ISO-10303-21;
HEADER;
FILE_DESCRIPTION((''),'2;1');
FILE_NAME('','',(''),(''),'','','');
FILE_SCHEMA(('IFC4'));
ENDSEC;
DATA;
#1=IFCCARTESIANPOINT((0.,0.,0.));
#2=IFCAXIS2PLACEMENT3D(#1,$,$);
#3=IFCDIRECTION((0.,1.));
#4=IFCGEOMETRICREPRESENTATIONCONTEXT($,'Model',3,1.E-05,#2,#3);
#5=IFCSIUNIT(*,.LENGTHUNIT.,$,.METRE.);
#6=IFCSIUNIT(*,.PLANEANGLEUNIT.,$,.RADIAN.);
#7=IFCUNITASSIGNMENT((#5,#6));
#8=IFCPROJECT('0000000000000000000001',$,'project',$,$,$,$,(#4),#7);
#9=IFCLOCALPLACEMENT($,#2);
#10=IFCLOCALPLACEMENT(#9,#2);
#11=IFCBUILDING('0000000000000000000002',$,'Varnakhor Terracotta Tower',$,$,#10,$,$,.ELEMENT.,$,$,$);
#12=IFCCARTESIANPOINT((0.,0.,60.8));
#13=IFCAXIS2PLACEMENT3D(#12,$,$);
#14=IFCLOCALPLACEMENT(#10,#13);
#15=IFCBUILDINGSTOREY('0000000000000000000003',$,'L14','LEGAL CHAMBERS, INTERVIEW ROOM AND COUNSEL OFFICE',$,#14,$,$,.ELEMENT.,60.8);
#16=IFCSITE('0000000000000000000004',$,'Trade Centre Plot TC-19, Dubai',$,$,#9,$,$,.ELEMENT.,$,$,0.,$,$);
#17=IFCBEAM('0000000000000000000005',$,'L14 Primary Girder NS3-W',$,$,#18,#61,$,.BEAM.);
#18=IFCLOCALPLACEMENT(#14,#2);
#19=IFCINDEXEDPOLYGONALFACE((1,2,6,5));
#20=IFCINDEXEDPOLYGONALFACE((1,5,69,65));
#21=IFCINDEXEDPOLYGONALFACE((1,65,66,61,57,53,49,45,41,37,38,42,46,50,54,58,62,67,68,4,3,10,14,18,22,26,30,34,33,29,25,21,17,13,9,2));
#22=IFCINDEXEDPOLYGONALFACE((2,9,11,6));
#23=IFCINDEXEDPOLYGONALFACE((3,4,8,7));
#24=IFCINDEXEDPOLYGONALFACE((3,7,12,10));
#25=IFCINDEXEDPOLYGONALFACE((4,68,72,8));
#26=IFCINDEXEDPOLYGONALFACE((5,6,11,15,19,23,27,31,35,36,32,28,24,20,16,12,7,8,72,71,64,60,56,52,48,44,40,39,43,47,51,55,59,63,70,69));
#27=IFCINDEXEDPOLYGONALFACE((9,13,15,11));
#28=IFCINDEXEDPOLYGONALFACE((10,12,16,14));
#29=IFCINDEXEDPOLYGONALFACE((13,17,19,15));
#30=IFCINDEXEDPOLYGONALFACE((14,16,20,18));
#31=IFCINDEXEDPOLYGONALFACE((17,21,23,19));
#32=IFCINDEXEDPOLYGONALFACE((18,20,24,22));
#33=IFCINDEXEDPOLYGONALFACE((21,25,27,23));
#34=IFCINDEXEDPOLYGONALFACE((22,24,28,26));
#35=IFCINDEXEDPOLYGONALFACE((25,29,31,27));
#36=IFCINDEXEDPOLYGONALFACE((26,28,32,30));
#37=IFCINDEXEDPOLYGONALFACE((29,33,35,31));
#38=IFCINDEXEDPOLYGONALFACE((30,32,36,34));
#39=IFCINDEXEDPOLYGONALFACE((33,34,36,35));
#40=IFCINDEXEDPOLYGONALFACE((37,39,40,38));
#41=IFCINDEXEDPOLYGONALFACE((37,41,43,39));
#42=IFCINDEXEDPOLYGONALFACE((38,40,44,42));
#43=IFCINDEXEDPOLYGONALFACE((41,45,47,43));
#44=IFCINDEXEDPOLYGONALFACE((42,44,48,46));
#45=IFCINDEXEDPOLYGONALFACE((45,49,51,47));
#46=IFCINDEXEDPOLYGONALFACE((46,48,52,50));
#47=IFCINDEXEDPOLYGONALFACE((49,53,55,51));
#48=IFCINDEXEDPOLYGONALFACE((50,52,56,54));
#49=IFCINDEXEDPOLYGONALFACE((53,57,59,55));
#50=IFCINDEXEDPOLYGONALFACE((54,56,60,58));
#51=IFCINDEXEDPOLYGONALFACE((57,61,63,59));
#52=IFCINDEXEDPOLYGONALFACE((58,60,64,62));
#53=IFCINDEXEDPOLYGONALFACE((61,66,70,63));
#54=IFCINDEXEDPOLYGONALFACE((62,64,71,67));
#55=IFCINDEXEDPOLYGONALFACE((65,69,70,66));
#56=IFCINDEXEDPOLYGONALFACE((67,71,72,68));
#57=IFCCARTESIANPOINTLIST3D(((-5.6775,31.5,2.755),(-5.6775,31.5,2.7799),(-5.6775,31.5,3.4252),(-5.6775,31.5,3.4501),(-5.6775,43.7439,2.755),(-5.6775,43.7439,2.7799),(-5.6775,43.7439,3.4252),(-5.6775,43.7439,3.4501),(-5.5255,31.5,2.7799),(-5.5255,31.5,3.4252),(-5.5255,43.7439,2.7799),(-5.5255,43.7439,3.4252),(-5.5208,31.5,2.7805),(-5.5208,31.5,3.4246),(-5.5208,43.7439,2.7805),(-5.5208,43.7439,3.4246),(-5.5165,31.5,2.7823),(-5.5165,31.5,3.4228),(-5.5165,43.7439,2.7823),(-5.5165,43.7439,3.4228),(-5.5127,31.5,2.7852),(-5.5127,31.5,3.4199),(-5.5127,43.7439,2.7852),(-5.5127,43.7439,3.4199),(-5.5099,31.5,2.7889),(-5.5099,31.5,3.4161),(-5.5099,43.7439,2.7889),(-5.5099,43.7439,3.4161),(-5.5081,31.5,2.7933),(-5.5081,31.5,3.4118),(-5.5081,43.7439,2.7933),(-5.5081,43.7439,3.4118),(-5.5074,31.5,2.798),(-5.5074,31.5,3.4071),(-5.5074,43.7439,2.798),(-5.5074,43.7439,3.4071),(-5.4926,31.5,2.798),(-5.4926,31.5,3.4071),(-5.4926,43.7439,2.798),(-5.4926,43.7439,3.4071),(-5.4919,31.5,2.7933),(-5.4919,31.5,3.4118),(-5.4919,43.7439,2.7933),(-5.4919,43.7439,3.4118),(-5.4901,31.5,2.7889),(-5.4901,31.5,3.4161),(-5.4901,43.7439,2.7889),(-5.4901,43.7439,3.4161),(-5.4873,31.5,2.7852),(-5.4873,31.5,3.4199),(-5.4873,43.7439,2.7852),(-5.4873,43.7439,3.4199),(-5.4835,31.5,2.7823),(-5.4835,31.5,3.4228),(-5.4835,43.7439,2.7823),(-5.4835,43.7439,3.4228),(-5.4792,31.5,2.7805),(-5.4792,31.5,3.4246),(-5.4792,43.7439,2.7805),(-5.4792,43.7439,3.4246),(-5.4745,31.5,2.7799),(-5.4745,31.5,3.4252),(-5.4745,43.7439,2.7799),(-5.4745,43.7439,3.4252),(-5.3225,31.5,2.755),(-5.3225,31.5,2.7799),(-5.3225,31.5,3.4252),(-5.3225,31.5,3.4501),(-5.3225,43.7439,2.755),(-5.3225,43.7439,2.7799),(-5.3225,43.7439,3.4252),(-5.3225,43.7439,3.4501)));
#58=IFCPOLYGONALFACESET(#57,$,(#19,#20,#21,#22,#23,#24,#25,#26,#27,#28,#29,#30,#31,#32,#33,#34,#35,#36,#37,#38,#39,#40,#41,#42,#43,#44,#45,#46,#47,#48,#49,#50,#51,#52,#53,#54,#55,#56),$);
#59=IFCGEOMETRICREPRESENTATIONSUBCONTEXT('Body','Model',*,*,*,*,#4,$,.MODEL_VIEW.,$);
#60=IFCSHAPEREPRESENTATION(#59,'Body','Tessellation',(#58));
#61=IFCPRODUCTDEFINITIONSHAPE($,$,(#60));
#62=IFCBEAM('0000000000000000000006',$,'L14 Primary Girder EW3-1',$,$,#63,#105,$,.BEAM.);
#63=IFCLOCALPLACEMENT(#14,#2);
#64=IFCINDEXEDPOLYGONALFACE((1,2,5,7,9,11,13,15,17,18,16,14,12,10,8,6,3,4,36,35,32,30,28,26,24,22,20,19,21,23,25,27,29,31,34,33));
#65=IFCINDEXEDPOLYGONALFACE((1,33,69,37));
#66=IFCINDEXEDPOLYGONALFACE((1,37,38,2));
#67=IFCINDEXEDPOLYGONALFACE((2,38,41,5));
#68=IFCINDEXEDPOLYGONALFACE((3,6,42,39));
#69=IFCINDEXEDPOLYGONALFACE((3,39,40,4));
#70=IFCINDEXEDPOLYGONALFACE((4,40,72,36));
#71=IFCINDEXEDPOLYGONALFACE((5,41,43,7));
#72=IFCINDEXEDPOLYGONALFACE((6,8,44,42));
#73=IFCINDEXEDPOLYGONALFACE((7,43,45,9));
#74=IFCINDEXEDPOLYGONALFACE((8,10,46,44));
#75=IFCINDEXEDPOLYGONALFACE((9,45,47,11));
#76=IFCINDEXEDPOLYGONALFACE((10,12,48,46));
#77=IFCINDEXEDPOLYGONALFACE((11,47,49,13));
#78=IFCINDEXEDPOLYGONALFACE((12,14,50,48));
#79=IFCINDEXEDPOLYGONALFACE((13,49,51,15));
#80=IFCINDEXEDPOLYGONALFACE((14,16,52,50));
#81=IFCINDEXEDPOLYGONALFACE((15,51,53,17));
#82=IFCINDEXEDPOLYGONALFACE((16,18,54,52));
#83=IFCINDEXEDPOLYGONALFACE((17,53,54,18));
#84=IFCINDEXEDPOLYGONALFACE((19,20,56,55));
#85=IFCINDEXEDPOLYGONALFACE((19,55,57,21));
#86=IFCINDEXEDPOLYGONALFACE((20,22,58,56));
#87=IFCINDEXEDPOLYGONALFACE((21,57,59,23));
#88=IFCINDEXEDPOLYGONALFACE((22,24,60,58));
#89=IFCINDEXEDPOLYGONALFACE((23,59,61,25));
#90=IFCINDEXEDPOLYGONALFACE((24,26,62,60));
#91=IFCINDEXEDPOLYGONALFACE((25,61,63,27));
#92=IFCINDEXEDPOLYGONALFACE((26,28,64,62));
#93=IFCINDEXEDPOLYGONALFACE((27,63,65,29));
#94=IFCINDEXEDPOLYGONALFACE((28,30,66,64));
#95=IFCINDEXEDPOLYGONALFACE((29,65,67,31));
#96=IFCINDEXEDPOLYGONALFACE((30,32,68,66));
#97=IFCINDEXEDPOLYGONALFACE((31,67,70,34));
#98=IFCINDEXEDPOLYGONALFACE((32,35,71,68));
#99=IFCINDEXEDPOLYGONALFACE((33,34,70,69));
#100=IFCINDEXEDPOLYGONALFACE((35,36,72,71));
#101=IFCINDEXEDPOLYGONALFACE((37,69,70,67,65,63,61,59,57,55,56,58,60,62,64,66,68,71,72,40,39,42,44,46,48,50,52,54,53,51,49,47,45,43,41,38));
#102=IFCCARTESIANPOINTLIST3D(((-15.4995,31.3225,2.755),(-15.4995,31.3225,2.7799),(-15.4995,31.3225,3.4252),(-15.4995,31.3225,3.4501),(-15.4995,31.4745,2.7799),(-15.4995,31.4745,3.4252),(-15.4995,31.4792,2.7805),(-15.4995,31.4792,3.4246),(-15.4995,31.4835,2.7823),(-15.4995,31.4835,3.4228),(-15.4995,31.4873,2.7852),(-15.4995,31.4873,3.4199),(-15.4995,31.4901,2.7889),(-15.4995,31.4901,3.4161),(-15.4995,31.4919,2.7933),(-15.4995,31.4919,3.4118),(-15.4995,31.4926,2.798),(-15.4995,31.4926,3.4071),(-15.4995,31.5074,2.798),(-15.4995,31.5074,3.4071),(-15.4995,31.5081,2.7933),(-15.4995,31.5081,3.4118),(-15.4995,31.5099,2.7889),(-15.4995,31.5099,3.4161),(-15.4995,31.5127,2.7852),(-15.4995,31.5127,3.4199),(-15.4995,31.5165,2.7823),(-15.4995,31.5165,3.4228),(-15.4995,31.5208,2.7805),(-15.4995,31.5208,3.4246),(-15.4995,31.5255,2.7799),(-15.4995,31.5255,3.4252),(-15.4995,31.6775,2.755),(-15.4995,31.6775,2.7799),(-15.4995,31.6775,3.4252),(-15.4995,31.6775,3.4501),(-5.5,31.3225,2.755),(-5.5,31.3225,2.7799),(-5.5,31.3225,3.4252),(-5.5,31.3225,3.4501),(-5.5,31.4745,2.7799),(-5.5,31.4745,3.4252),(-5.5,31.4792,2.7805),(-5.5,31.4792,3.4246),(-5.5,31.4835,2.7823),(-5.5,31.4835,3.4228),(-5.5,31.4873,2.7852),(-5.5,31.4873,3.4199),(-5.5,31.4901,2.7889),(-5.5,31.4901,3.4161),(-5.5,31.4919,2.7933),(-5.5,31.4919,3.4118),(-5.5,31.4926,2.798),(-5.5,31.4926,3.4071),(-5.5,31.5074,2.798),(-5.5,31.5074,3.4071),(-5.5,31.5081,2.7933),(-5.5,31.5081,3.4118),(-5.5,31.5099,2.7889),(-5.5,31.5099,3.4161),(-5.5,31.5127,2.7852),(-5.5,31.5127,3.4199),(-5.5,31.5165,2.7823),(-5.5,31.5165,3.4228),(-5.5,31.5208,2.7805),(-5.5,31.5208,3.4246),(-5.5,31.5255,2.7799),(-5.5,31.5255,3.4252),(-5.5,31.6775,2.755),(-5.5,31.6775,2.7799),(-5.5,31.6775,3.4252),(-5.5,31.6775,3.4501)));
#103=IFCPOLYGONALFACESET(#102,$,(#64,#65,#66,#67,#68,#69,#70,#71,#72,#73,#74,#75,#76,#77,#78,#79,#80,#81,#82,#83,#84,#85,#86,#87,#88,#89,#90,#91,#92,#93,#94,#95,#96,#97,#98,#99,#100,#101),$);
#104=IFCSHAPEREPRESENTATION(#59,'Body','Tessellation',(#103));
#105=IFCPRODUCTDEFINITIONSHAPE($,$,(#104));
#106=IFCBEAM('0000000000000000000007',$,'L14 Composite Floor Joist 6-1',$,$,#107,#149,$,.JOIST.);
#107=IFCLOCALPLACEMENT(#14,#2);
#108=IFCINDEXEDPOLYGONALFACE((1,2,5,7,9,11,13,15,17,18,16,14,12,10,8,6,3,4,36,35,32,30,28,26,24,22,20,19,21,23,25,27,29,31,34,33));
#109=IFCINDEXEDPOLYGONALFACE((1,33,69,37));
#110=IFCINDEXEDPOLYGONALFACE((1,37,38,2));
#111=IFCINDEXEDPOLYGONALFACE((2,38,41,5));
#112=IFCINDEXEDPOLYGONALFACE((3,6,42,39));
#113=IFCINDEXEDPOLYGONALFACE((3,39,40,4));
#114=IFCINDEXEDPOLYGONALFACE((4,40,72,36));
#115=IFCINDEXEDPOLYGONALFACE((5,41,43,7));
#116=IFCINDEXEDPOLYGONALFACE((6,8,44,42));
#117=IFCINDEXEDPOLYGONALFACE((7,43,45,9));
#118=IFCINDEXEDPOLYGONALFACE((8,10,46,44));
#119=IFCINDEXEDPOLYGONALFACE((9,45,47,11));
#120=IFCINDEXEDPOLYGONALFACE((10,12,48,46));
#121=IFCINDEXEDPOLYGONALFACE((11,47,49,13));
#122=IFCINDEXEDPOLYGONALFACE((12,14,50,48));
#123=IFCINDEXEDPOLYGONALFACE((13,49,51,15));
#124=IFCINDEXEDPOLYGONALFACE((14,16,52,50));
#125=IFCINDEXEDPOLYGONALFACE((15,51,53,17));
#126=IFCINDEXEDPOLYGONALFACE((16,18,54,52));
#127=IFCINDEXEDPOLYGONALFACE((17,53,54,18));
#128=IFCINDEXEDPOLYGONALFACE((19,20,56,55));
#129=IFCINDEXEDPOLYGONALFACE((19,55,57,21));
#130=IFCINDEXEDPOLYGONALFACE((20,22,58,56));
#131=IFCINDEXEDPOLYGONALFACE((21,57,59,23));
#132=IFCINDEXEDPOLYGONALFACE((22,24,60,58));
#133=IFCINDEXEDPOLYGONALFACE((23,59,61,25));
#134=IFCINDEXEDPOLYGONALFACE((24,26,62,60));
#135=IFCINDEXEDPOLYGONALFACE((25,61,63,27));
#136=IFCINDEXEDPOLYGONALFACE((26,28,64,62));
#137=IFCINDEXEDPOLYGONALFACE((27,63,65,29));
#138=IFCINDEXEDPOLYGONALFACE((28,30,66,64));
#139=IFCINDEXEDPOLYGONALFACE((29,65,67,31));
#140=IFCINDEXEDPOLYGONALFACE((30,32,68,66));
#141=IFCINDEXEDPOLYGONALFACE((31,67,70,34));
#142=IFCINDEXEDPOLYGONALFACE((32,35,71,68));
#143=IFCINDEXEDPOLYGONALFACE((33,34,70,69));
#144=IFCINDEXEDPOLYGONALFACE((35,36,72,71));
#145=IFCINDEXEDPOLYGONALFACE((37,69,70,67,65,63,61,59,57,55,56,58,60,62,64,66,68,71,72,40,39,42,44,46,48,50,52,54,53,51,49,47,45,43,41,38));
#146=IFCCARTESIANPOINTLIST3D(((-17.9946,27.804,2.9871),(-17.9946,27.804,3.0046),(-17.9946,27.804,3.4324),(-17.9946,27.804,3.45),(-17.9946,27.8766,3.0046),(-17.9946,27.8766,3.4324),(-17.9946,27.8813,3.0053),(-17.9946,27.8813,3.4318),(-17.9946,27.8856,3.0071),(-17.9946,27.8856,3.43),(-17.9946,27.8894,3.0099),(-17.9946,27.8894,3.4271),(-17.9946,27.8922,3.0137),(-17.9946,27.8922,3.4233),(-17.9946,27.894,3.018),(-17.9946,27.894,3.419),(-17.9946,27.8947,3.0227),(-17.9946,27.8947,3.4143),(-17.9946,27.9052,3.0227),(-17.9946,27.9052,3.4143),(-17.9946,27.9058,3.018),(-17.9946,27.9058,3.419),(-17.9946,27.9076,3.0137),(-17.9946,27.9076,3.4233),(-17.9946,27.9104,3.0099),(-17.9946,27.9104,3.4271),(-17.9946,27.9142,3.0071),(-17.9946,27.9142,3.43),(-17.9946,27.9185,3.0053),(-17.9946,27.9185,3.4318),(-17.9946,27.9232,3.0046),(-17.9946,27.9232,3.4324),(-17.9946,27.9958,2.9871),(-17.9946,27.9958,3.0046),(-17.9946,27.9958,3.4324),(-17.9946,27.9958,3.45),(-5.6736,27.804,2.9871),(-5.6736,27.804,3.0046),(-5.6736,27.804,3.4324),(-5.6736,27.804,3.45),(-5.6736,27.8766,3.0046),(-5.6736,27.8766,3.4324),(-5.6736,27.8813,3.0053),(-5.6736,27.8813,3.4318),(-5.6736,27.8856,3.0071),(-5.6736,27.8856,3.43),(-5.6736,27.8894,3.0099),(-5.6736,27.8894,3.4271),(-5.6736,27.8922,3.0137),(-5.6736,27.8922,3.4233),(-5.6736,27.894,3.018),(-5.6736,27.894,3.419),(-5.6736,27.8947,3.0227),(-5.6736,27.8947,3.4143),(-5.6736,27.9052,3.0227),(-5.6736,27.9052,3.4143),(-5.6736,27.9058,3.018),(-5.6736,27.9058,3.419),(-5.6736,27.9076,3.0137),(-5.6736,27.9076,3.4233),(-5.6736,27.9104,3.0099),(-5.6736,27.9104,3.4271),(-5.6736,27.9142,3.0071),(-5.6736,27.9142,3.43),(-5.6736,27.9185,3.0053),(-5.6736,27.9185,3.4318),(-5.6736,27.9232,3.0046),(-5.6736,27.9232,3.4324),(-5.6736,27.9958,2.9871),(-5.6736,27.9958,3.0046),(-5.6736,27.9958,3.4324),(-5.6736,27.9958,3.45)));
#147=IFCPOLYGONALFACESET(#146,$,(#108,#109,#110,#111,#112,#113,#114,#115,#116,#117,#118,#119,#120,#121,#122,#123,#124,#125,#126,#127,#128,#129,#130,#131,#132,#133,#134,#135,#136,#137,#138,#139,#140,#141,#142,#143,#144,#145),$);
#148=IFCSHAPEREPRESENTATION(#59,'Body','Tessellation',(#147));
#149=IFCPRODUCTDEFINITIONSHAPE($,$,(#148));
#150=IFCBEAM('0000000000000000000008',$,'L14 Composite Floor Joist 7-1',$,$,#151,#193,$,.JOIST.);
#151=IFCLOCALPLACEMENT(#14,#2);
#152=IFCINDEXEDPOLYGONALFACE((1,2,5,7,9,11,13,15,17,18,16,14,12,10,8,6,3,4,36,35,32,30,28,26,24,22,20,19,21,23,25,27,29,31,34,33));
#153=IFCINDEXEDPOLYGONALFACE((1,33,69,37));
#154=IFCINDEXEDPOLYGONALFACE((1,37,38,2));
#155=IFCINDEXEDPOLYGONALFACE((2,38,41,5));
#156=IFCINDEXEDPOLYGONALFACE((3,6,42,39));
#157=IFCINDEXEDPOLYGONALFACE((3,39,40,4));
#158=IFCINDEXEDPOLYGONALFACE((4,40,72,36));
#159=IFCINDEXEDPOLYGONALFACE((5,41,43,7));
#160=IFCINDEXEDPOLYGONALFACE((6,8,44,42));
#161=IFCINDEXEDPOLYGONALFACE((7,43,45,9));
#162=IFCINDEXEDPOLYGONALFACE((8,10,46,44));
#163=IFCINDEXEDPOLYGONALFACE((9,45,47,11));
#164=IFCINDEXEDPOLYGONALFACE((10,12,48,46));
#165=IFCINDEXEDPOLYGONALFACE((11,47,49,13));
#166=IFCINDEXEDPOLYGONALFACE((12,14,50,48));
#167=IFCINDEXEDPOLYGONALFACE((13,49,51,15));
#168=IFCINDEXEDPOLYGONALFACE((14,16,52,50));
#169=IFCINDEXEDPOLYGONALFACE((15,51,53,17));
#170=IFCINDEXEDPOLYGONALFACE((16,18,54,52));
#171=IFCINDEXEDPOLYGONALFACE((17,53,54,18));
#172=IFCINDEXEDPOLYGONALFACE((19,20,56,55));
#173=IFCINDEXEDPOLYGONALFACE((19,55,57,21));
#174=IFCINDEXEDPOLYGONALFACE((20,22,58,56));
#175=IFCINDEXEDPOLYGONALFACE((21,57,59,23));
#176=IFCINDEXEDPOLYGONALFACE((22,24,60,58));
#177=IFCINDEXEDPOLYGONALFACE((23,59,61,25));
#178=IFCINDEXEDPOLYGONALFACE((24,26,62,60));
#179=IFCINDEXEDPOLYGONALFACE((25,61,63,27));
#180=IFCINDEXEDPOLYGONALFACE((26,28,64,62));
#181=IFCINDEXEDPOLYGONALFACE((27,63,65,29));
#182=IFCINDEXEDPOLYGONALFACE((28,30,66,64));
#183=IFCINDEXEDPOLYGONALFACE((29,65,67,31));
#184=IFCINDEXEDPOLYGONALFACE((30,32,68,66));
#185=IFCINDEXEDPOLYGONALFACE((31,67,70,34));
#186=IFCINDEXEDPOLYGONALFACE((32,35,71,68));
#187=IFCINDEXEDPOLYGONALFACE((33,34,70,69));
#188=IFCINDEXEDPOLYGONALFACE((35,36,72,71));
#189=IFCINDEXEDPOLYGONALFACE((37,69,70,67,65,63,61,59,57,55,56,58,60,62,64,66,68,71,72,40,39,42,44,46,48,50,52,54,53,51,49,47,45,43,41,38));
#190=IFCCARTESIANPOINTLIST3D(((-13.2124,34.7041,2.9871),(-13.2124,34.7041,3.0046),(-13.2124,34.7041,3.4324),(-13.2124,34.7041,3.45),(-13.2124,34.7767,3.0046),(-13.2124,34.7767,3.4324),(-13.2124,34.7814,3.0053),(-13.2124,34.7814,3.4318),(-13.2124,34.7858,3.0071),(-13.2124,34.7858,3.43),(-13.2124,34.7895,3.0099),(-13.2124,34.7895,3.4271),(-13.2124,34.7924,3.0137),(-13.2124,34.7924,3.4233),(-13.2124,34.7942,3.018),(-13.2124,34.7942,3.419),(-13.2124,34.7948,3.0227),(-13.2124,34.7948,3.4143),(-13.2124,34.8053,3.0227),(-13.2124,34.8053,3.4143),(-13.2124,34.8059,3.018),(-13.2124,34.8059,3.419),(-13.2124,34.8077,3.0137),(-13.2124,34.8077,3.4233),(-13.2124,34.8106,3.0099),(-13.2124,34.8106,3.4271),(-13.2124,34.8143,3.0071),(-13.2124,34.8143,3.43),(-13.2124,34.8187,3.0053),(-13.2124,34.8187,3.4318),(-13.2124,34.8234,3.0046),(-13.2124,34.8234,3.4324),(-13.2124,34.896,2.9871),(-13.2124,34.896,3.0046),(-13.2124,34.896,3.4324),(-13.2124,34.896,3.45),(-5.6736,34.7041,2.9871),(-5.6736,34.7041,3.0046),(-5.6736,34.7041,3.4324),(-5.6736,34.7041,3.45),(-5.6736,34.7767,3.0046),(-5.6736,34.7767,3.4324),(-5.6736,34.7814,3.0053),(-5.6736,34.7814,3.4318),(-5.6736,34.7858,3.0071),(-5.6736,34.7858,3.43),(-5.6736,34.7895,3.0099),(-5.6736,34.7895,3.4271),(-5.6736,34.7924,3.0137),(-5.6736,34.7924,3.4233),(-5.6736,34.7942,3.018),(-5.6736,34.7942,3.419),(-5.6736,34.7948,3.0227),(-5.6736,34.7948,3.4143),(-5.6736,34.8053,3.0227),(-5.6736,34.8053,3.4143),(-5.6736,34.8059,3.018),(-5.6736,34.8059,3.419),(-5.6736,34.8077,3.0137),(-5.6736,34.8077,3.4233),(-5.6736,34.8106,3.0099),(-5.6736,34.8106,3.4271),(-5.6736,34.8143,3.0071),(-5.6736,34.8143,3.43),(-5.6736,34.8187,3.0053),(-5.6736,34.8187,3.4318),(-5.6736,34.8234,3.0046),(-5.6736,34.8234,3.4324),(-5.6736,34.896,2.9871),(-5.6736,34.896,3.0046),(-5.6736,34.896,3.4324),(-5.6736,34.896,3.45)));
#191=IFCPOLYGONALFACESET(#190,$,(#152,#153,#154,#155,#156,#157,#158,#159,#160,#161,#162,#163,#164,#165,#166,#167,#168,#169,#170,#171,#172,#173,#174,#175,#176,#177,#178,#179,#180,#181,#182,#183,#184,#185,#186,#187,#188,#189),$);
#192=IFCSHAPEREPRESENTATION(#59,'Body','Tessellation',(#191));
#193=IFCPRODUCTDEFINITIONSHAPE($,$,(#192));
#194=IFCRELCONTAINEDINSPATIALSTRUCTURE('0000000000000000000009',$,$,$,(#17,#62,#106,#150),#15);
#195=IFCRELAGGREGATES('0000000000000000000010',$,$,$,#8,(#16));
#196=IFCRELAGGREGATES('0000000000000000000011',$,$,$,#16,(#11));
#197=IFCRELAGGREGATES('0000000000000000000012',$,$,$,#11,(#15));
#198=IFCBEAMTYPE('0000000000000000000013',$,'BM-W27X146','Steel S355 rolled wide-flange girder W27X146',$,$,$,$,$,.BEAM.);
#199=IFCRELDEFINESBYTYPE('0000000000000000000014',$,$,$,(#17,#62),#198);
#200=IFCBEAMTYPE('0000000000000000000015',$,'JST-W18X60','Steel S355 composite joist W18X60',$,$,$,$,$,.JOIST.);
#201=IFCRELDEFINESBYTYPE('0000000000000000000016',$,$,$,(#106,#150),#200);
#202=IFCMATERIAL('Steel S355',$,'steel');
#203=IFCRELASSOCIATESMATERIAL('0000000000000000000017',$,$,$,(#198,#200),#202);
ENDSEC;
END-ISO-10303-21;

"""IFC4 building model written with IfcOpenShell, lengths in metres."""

from ifc_helpers import new_model, si_unit, direction, frame, origin, origin_2d, place, context, subcontext, project, spatial, i_section, extrude, source, transform, mapped, material, material_profile, profile_set, type_object, element, save


model = new_model("IFC4")

# Units and contexts
model_context = context("Model", 3, precision=1e-05, world=origin(), true_north=direction((0.0, 1.0)))
body_context = subcontext(model_context, "Body", "Model", "MODEL_VIEW")
ifc_project = project(units=[si_unit("LENGTHUNIT", "METRE"), si_unit("PLANEANGLEUNIT", "RADIAN")], contexts=[model_context])

# Site, building, storey
site_placement = place(None, origin())
site = spatial("IfcSite", under=ifc_project, at=site_placement, Name="Trade Centre Plot TC-19, Dubai", CompositionType="ELEMENT", RefElevation=0.0)
building_placement = place(site_placement, origin())
building = spatial("IfcBuilding", under=site, at=building_placement, Name="Varnakhor Terracotta Tower", CompositionType="ELEMENT")
storey_placement = place(building_placement, frame((0.0, 0.0, 60.8)))
storey = spatial("IfcBuildingStorey", under=building, at=storey_placement, Name="L14", Description="LEGAL CHAMBERS, INTERVIEW ROOM AND COUNSEL OFFICE", CompositionType="ELEMENT", Elevation=60.8)

# Beams
ifc_material_1 = material(Name="Steel S355", Category="steel")
ifc_material_profile_1 = material_profile(ifc_material_1, i_section(OverallWidth=0.355, OverallDepth=0.6951, WebThickness=0.0149, FlangeThickness=0.0249, FilletRadius=0.0181, at=origin_2d()), Name="W27X146")
ifc_profile_set_1 = profile_set([ifc_material_profile_1], Name="Steel S355")
beam_type_1 = type_object("IfcBeamType", Name="BM-W27X146", Description="Steel S355 rolled wide-flange girder W27X146", PredefinedType="BEAM", material=ifc_profile_set_1)
ifc_material_profile_2 = material_profile(ifc_material_1, i_section(OverallWidth=0.1919, OverallDepth=0.4629, WebThickness=0.0105, FlangeThickness=0.0176, FilletRadius=0.0181, at=origin_2d()), Name="W18X60")
ifc_profile_set_2 = profile_set([ifc_material_profile_2], Name="Steel S355")
beam_type_2 = type_object("IfcBeamType", Name="JST-W18X60", Description="Steel S355 composite joist W18X60", PredefinedType="JOIST", material=ifc_profile_set_2)
shared_shape_1 = source(origin(), body_context, "Body", "SweptSolid", [
    extrude(i_section(OverallWidth=0.355, OverallDepth=0.6951, WebThickness=0.0149, FlangeThickness=0.0249, FilletRadius=0.0181, at=origin_2d()), origin(), (0.0, 0.0, 1.0), 12.2439),
])
beam_1_placement = place(storey_placement, frame((-5.5, 31.5, 3.1025), z_axis=(0.0, 1.0, 0.0), x_axis=(-1.0, 0.0, 0.0)))
element("IfcBeam", 1, at=beam_1_placement, inside=storey, type_object=beam_type_1, Name="L14 Primary Girder NS3-W", PredefinedType="BEAM", context=body_context, shape_type="MappedRepresentation", body=[
    mapped(shared_shape_1, transform((0.0, 0.0, 0.0), scale=1.0)),
])
shared_shape_2 = source(origin(), body_context, "Body", "SweptSolid", [
    extrude(i_section(OverallWidth=0.355, OverallDepth=0.6951, WebThickness=0.0149, FlangeThickness=0.0249, FilletRadius=0.0181, at=origin_2d()), origin(), (0.0, 0.0, 1.0), 9.9995),
])
beam_2_placement = place(storey_placement, frame((-15.4995, 31.5, 3.1025), z_axis=(1.0, 0.0, 0.0), x_axis=(0.0, 1.0, 0.0)))
element("IfcBeam", 2, at=beam_2_placement, inside=storey, type_object=beam_type_1, Name="L14 Primary Girder EW3-1", PredefinedType="BEAM", context=body_context, shape_type="MappedRepresentation", body=[
    mapped(shared_shape_2, transform((0.0, 0.0, 0.0), scale=1.0)),
])
shared_shape_3 = source(origin(), body_context, "Body", "SweptSolid", [
    extrude(i_section(OverallWidth=0.1919, OverallDepth=0.4629, WebThickness=0.0105, FlangeThickness=0.0176, FilletRadius=0.0181, at=origin_2d()), origin(), (0.0, 0.0, 1.0), 12.321),
])
beam_3_placement = place(storey_placement, frame((-17.9946, 27.8999, 3.2185), z_axis=(1.0, 0.0, 0.0), x_axis=(0.0, 1.0, 0.0)))
element("IfcBeam", 3, at=beam_3_placement, inside=storey, type_object=beam_type_2, Name="L14 Composite Floor Joist 6-1", PredefinedType="JOIST", context=body_context, shape_type="MappedRepresentation", body=[
    mapped(shared_shape_3, transform((0.0, 0.0, 0.0), scale=1.0)),
])
shared_shape_4 = source(origin(), body_context, "Body", "SweptSolid", [
    extrude(i_section(OverallWidth=0.1919, OverallDepth=0.4629, WebThickness=0.0105, FlangeThickness=0.0176, FilletRadius=0.0181, at=origin_2d()), origin(), (0.0, 0.0, 1.0), 7.5388),
])
beam_4_placement = place(storey_placement, frame((-13.2124, 34.8, 3.2185), z_axis=(1.0, 0.0, 0.0), x_axis=(0.0, 1.0, 0.0)))
element("IfcBeam", 4, at=beam_4_placement, inside=storey, type_object=beam_type_2, Name="L14 Composite Floor Joist 7-1", PredefinedType="JOIST", context=body_context, shape_type="MappedRepresentation", body=[
    mapped(shared_shape_4, transform((0.0, 0.0, 0.0), scale=1.0)),
])

save(model, "model.ifc")
